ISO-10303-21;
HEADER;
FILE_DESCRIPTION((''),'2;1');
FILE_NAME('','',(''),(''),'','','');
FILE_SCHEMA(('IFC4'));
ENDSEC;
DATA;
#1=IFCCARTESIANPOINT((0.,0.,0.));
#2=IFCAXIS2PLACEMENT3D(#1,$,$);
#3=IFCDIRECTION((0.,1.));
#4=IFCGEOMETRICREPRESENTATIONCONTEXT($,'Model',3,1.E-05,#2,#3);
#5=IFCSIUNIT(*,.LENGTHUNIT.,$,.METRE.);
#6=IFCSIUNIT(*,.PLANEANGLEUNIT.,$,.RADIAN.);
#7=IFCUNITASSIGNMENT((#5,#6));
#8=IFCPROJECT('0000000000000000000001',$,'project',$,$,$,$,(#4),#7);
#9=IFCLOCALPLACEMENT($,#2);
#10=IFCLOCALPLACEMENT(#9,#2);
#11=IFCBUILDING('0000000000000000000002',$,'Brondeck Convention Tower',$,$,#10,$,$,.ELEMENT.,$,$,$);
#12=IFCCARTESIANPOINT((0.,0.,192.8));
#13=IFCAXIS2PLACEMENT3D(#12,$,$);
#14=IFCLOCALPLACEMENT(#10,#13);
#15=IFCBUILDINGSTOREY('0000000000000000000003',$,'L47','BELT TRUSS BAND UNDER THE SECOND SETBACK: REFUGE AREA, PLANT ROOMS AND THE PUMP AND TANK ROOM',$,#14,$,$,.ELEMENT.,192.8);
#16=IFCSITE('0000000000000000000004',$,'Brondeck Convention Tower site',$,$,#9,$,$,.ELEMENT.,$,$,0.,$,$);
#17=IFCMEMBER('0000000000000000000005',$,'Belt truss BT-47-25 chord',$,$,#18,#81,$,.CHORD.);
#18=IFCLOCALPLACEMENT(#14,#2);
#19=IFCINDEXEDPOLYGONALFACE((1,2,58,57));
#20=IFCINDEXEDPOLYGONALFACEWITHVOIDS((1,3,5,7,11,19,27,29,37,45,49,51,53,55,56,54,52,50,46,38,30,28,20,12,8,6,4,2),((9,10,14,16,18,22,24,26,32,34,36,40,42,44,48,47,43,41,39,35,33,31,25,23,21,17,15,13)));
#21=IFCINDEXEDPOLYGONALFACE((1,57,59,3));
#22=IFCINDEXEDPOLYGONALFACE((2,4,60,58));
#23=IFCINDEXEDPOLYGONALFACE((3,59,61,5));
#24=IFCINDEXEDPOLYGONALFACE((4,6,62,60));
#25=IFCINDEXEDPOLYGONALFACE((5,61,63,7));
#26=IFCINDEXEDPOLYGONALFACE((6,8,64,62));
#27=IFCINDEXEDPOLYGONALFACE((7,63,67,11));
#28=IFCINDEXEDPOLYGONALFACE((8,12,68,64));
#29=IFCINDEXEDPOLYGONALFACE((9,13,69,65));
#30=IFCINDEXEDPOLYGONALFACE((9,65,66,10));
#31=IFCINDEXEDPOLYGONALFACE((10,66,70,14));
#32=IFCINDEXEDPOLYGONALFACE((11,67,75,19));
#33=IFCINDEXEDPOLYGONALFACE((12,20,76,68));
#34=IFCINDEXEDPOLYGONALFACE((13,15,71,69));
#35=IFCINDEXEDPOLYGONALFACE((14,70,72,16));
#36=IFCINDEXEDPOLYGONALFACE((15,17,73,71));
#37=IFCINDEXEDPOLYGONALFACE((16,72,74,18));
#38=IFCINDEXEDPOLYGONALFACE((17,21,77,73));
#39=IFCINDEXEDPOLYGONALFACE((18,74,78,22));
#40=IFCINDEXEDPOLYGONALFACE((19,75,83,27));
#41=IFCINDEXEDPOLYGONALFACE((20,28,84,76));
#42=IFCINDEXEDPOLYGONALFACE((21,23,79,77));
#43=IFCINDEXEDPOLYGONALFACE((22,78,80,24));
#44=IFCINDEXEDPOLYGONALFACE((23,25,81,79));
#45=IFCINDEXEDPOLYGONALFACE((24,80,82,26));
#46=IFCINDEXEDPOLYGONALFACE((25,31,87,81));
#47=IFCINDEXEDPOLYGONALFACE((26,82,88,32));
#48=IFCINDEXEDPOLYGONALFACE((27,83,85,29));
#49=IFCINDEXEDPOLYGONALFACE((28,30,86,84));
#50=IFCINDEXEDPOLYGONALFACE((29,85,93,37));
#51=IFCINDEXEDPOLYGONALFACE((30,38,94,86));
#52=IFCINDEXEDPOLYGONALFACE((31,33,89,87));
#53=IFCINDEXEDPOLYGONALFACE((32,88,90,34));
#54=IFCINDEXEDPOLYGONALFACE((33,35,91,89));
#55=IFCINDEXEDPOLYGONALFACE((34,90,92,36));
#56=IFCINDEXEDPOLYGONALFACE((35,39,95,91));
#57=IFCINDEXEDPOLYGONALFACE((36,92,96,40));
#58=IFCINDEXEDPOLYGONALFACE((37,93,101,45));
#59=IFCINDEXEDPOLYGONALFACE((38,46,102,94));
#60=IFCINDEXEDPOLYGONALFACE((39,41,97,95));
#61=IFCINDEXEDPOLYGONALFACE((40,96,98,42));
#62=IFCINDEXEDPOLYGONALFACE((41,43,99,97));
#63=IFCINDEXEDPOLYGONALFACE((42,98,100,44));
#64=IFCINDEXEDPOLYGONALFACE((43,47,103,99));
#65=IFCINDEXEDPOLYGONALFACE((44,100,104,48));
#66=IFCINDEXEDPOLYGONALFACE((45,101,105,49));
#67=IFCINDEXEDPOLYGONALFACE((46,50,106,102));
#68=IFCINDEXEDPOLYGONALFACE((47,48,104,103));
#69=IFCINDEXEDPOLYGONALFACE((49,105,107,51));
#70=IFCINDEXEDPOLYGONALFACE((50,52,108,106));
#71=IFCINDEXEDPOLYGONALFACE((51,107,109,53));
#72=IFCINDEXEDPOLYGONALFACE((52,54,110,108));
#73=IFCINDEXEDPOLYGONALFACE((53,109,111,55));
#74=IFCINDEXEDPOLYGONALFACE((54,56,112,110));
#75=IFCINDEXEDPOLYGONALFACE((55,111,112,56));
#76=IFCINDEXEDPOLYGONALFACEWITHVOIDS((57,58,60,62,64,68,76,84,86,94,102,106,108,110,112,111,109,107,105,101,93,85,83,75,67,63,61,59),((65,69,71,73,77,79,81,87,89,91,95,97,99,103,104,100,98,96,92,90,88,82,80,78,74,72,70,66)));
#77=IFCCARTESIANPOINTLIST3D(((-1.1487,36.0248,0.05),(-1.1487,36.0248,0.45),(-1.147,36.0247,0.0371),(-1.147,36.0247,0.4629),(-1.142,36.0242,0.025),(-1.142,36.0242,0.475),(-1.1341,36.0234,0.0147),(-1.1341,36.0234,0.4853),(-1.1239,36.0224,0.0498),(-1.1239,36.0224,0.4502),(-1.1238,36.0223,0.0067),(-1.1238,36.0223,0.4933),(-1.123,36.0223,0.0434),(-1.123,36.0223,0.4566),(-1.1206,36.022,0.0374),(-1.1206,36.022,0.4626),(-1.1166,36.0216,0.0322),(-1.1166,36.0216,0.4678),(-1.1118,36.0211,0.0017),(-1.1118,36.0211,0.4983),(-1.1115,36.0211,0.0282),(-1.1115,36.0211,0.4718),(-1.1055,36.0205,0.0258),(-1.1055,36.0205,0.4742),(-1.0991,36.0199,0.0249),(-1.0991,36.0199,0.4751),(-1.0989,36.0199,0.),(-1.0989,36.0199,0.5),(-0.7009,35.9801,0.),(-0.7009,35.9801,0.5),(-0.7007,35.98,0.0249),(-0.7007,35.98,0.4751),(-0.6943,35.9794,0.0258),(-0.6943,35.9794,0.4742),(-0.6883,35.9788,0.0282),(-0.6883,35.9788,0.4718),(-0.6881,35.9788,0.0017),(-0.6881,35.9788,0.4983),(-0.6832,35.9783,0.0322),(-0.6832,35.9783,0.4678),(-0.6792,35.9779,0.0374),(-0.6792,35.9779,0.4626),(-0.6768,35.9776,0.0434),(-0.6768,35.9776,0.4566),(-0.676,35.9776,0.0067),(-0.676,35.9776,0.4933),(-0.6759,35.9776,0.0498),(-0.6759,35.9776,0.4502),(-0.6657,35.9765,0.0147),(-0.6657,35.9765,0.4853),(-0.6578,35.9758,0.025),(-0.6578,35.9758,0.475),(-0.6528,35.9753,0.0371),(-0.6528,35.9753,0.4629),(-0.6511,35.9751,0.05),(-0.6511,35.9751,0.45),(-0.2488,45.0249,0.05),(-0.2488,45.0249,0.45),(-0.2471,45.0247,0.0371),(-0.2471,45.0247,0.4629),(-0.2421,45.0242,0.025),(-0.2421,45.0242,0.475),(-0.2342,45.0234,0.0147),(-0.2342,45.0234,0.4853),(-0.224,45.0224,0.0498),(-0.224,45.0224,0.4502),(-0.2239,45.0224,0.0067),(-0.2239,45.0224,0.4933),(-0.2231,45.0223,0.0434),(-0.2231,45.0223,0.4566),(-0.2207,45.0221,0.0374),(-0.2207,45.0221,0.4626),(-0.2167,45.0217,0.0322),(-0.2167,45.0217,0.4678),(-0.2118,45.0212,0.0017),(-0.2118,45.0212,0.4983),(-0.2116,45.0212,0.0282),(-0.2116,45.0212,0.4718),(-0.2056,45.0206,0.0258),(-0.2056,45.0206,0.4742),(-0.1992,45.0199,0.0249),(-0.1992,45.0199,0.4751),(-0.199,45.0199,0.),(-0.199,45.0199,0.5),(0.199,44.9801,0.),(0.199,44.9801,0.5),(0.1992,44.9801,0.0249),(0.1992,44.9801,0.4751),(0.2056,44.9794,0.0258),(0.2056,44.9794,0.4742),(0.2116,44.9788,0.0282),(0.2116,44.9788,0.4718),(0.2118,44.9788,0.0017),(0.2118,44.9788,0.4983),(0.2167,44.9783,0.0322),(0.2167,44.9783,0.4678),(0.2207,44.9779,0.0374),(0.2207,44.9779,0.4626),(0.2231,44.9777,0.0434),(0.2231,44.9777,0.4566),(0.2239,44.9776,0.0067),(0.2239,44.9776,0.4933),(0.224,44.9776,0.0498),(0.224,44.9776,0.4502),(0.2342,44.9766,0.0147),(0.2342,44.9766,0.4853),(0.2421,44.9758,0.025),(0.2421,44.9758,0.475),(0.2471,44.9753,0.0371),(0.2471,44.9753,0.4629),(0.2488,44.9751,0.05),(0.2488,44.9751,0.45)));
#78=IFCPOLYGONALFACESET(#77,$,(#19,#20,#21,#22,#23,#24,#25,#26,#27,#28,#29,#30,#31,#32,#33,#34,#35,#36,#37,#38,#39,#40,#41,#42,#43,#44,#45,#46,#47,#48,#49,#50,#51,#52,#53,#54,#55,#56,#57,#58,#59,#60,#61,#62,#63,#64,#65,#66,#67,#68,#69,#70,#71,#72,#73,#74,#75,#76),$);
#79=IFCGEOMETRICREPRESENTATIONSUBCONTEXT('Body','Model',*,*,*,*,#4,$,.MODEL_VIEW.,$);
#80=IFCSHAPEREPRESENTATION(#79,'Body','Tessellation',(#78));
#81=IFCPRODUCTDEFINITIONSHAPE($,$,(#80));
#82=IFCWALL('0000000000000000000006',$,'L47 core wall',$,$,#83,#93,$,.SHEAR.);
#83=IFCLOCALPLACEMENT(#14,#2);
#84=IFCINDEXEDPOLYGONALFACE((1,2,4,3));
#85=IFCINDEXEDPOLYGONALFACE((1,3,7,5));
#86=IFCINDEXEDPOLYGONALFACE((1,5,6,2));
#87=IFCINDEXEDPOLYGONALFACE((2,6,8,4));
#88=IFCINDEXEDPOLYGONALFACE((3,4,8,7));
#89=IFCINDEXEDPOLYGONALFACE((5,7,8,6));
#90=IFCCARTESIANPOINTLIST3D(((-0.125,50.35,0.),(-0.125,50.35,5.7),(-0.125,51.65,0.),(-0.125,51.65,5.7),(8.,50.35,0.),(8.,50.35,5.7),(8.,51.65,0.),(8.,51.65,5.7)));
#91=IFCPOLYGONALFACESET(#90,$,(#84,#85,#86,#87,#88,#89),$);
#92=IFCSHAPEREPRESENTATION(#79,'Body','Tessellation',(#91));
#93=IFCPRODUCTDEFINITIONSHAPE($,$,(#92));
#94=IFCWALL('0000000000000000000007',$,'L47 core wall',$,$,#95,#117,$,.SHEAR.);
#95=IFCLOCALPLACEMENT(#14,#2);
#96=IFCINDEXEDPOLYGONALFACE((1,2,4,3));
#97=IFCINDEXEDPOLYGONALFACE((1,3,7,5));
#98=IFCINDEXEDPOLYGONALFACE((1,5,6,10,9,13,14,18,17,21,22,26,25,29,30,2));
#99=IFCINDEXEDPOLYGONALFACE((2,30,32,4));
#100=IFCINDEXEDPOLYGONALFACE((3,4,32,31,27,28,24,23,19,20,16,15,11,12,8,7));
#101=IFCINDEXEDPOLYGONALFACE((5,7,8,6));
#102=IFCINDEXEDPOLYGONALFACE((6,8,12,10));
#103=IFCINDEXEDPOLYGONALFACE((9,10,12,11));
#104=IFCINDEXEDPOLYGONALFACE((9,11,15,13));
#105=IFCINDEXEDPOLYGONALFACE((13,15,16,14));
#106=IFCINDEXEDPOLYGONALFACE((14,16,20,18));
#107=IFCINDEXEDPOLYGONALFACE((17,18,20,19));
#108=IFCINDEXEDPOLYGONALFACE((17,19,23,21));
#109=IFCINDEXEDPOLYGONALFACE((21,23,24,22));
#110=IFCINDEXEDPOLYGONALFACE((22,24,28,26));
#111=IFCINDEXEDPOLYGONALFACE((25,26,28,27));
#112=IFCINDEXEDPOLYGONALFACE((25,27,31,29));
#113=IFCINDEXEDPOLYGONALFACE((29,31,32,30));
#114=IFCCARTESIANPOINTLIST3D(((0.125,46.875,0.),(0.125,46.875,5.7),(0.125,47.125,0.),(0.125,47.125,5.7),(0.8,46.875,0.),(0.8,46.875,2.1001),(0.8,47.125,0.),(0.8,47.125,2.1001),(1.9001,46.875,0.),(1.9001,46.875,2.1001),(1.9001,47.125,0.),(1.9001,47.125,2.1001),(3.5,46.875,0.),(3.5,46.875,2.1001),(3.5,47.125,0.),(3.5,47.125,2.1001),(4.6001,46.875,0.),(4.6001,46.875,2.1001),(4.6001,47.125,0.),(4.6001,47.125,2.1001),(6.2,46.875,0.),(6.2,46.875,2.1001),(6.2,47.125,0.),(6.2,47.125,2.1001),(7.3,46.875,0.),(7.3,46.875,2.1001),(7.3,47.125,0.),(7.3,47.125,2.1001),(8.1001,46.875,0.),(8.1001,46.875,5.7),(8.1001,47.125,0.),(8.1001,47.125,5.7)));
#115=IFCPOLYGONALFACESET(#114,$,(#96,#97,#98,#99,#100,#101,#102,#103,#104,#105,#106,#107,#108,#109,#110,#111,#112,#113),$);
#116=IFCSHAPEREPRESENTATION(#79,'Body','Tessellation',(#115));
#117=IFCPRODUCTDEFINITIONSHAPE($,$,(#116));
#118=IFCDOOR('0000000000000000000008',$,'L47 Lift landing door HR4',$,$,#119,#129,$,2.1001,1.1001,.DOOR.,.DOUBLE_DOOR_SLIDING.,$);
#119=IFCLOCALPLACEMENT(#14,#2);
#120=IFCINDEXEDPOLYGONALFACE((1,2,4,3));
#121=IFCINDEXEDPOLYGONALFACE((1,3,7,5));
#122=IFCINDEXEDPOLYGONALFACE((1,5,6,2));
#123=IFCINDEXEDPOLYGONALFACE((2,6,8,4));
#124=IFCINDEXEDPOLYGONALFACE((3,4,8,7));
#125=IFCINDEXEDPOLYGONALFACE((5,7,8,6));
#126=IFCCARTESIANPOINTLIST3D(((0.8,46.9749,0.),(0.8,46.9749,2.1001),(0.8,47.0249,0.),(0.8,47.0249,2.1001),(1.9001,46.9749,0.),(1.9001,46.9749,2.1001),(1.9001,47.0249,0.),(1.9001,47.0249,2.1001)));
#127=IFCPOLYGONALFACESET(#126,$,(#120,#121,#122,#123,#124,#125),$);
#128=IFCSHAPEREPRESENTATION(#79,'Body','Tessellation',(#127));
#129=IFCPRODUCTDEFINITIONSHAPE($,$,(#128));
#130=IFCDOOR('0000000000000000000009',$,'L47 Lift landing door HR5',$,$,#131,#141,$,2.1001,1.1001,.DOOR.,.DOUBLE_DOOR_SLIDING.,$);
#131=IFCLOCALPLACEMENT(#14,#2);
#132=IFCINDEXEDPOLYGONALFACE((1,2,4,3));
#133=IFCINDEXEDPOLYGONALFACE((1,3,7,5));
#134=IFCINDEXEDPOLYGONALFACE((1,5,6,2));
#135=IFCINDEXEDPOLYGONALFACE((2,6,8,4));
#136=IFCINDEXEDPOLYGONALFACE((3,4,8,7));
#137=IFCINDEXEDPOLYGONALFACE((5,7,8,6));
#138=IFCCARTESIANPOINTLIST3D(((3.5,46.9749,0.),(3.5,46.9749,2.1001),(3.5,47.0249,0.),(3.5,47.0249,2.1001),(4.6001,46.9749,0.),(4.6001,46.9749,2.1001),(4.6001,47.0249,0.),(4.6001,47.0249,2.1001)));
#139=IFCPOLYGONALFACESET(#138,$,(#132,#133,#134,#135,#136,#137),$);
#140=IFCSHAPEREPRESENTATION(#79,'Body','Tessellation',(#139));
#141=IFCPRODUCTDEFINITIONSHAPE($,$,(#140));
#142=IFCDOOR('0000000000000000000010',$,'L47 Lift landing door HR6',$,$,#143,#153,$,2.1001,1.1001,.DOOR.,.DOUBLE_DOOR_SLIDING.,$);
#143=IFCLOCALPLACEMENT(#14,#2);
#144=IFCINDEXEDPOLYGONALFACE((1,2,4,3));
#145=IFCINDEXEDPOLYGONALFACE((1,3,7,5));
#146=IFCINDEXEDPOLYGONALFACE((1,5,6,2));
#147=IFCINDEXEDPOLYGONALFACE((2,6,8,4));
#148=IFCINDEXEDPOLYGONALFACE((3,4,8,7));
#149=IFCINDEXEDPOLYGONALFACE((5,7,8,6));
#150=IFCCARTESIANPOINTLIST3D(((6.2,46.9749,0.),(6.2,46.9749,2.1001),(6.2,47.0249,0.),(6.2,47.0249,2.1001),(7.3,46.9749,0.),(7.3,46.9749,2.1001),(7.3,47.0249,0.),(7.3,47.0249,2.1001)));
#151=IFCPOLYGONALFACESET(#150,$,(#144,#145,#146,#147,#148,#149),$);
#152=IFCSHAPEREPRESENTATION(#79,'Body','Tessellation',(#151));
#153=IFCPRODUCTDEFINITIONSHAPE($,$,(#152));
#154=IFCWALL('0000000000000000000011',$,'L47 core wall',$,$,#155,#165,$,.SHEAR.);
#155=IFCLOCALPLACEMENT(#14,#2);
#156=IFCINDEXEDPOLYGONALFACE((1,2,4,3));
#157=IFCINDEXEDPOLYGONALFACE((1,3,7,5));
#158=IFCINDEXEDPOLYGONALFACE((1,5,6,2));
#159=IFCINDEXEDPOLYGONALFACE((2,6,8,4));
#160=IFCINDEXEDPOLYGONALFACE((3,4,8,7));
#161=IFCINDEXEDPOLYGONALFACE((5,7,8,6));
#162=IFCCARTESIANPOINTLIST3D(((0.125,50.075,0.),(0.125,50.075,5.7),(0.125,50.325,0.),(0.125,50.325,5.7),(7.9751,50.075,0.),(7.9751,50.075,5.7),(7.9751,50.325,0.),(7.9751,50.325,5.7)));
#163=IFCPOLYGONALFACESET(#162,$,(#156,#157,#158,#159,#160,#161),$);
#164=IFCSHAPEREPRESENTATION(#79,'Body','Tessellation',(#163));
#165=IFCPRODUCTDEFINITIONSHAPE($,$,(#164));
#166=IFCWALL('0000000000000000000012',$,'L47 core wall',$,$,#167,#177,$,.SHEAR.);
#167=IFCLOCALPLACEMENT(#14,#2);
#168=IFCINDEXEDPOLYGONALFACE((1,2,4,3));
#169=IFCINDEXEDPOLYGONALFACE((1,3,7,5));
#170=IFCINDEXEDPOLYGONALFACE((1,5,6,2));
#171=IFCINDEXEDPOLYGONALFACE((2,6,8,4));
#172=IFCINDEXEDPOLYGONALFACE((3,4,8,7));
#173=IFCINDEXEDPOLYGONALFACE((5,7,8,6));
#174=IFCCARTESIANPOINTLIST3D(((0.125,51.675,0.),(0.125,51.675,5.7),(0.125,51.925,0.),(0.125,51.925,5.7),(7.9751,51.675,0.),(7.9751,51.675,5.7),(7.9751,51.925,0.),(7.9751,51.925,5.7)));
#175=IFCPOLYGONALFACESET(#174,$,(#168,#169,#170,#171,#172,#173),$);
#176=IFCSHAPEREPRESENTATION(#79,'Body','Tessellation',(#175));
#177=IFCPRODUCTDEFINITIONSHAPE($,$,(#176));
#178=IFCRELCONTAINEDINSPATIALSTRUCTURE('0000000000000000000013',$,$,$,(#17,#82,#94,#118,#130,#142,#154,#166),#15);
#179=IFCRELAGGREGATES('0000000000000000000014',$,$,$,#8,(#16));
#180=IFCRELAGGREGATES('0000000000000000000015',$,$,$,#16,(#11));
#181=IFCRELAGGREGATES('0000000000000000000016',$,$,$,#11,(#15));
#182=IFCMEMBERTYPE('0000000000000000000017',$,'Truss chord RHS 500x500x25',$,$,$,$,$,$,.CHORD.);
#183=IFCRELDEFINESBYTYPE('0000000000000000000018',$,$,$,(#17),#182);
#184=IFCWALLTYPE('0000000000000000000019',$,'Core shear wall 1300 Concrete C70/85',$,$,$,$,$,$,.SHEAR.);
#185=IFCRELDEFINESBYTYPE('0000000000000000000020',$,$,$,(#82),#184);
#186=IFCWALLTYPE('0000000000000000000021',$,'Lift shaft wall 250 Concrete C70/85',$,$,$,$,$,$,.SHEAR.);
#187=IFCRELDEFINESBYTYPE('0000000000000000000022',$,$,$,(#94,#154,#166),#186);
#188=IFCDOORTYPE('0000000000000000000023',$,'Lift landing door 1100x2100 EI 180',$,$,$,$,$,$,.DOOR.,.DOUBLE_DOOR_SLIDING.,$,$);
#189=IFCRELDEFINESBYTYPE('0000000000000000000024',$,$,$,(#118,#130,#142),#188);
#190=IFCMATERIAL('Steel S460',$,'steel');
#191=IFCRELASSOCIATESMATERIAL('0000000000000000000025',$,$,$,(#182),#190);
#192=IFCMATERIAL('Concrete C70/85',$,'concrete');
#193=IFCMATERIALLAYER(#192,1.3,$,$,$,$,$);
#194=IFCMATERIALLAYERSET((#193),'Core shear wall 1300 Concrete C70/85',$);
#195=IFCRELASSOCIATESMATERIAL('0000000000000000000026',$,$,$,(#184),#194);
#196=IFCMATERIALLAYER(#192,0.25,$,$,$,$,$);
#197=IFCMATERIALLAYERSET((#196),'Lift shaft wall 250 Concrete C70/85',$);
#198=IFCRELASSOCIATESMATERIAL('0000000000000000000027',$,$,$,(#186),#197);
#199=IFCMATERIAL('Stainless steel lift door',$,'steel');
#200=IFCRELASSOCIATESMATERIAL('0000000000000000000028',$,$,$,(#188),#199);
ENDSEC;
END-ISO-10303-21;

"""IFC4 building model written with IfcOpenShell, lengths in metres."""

from ifc_helpers import new_model, si_unit, direction, frame, frame_2d, origin, origin_2d, place, context, subcontext, project, spatial, rectangle, hollow_rectangle, extrude, material, layer, layer_set, material_profile, profile_set, type_object, element, fill, save


model = new_model("IFC4")

# Units and contexts
model_context = context("Model", 3, precision=1e-05, world=origin(), true_north=direction((0.0, 1.0)))
body_context = subcontext(model_context, "Body", "Model", "MODEL_VIEW")
ifc_project = project(units=[si_unit("LENGTHUNIT", "METRE"), si_unit("PLANEANGLEUNIT", "RADIAN")], contexts=[model_context])

# Site, building, storey
site_placement = place(None, origin())
site = spatial("IfcSite", under=ifc_project, at=site_placement, Name="Brondeck Convention Tower site", CompositionType="ELEMENT", RefElevation=0.0)
building_placement = place(site_placement, origin())
building = spatial("IfcBuilding", under=site, at=building_placement, Name="Brondeck Convention Tower", CompositionType="ELEMENT")
storey_placement = place(building_placement, frame((0.0, 0.0, 192.8)))
storey = spatial("IfcBuildingStorey", under=building, at=storey_placement, Name="L47", Description="BELT TRUSS BAND UNDER THE SECOND SETBACK: REFUGE AREA, PLANT ROOMS AND THE PUMP AND TANK ROOM", CompositionType="ELEMENT", Elevation=192.8)

# Shared definitions
ifc_material_1 = material(Name="Concrete C70/85", Category="concrete")

# Shared definitions
ifc_material_2 = material(Name="Steel S460", Category="steel")

# Member
ifc_material_profile_1 = material_profile(ifc_material_2, hollow_rectangle(XDim=0.5, YDim=0.5, WallThickness=0.0249, InnerFilletRadius=0.0249, OuterFilletRadius=0.05, at=origin_2d()), Name="RHS 500x500x25")
ifc_profile_set_1 = profile_set([ifc_material_profile_1], Name="Steel S460")
member_type_1 = type_object("IfcMemberType", Name="Truss chord RHS 500x500x25", PredefinedType="CHORD", material=ifc_profile_set_1)
for number, where, z_axis, x_axis, name in (
    (1, (0.0, 45.0, 0.25), (-0.099493, -0.995038, 0.0), (0.995038, -0.099493, 0.0), "Belt truss BT-47-25 chord"),
):
    element("IfcMember", number, at=place(storey_placement, frame(where, z_axis=z_axis, x_axis=x_axis)), inside=storey, type_object=member_type_1, Name=name, PredefinedType="CHORD", context=body_context, shape_type="SweptSolid", body=[
        extrude(hollow_rectangle(XDim=0.5, YDim=0.5, WallThickness=0.0249, InnerFilletRadius=0.0249, OuterFilletRadius=0.05, at=origin_2d()), origin(), (0.0, 0.0, 1.0), 9.0449),
    ])

# Wall
ifc_layer_1 = layer(ifc_material_1, 1.3)
ifc_layer_set_1 = layer_set([ifc_layer_1], Name="Core shear wall 1300 Concrete C70/85")
wall_type_1 = type_object("IfcWallType", Name="Core shear wall 1300 Concrete C70/85", PredefinedType="SHEAR", material=ifc_layer_set_1)
wall_1_placement = place(storey_placement, frame((-0.125, 51.0, 0.0), z_axis=(0.0, 0.0, 1.0), x_axis=(1.0, 0.0, 0.0)))
element("IfcWall", 2, at=wall_1_placement, inside=storey, type_object=wall_type_1, Name="L47 core wall", PredefinedType="SHEAR", context=body_context, shape_type="SweptSolid", body=[
    extrude(rectangle(XDim=8.125, YDim=1.3, at=frame_2d((4.0625, 0.0))), origin(), (0.0, 0.0, 1.0), 5.7),
])

# Wall, openings, doors
ifc_layer_2 = layer(ifc_material_1, 0.25)
ifc_layer_set_2 = layer_set([ifc_layer_2], Name="Lift shaft wall 250 Concrete C70/85")
wall_type_2 = type_object("IfcWallType", Name="Lift shaft wall 250 Concrete C70/85", PredefinedType="SHEAR", material=ifc_layer_set_2)
wall_2_placement = place(storey_placement, frame((0.125, 47.0, 0.0), z_axis=(0.0, 0.0, 1.0), x_axis=(1.0, 0.0, 0.0)))
wall_2 = element("IfcWall", 3, at=wall_2_placement, inside=storey, type_object=wall_type_2, Name="L47 core wall", PredefinedType="SHEAR", context=body_context, shape_type="SweptSolid", body=[
    extrude(rectangle(XDim=7.9751, YDim=0.25, at=frame_2d((3.9875, 0.0))), origin(), (0.0, 0.0, 1.0), 5.7),
])
opening_1_placement = place(wall_2_placement, frame((0.675, 0.0, 0.0)))
opening_1 = element("IfcOpeningElement", 4, at=opening_1_placement, cuts=wall_2, PredefinedType="OPENING", context=body_context, shape_type="SweptSolid", body=[
    extrude(rectangle(XDim=1.1001, YDim=2.1001, at=frame_2d((0.55, 1.05))), frame((0.0, 0.135, 0.0), z_axis=(0.0, -1.0, 0.0), x_axis=(1.0, 0.0, 0.0)), (0.0, 0.0, 1.0), 0.27),
])
opening_2_placement = place(wall_2_placement, frame((3.375, 0.0, 0.0)))
opening_2 = element("IfcOpeningElement", 5, at=opening_2_placement, cuts=wall_2, PredefinedType="OPENING", context=body_context, shape_type="SweptSolid", body=[
    extrude(rectangle(XDim=1.1001, YDim=2.1001, at=frame_2d((0.55, 1.05))), frame((0.0, 0.135, 0.0), z_axis=(0.0, -1.0, 0.0), x_axis=(1.0, 0.0, 0.0)), (0.0, 0.0, 1.0), 0.27),
])
opening_3_placement = place(wall_2_placement, frame((6.075, 0.0, 0.0)))
opening_3 = element("IfcOpeningElement", 6, at=opening_3_placement, cuts=wall_2, PredefinedType="OPENING", context=body_context, shape_type="SweptSolid", body=[
    extrude(rectangle(XDim=1.1001, YDim=2.1001, at=frame_2d((0.55, 1.05))), frame((0.0, 0.135, 0.0), z_axis=(0.0, -1.0, 0.0), x_axis=(1.0, 0.0, 0.0)), (0.0, 0.0, 1.0), 0.27),
])
ifc_material_3 = material(Name="Stainless steel lift door", Category="steel")
door_type = type_object("IfcDoorType", Name="Lift landing door 1100x2100 EI 180", OperationType="DOUBLE_DOOR_SLIDING", PredefinedType="DOOR", material=ifc_material_3)
door_1_placement = place(opening_1_placement, origin())
door_1 = element("IfcDoor", 7, at=door_1_placement, inside=storey, type_object=door_type, Name="L47 Lift landing door HR4", OperationType="DOUBLE_DOOR_SLIDING", OverallHeight=2.1001, OverallWidth=1.1001, PredefinedType="DOOR", context=body_context, shape_type="SweptSolid", body=[
    extrude(rectangle(XDim=1.1001, YDim=2.1001, at=frame_2d((0.55, 1.05))), frame((0.0, 0.0249, 0.0), z_axis=(0.0, -1.0, 0.0), x_axis=(1.0, 0.0, 0.0)), (0.0, 0.0, 1.0), 0.05),
])
fill(opening_1, door_1)
door_2_placement = place(opening_2_placement, origin())
door_2 = element("IfcDoor", 8, at=door_2_placement, inside=storey, type_object=door_type, Name="L47 Lift landing door HR5", OperationType="DOUBLE_DOOR_SLIDING", OverallHeight=2.1001, OverallWidth=1.1001, PredefinedType="DOOR", context=body_context, shape_type="SweptSolid", body=[
    extrude(rectangle(XDim=1.1001, YDim=2.1001, at=frame_2d((0.55, 1.05))), frame((0.0, 0.0249, 0.0), z_axis=(0.0, -1.0, 0.0), x_axis=(1.0, 0.0, 0.0)), (0.0, 0.0, 1.0), 0.05),
])
fill(opening_2, door_2)
door_3_placement = place(opening_3_placement, origin())
door_3 = element("IfcDoor", 9, at=door_3_placement, inside=storey, type_object=door_type, Name="L47 Lift landing door HR6", OperationType="DOUBLE_DOOR_SLIDING", OverallHeight=2.1001, OverallWidth=1.1001, PredefinedType="DOOR", context=body_context, shape_type="SweptSolid", body=[
    extrude(rectangle(XDim=1.1001, YDim=2.1001, at=frame_2d((0.55, 1.05))), frame((0.0, 0.0249, 0.0), z_axis=(0.0, -1.0, 0.0), x_axis=(1.0, 0.0, 0.0)), (0.0, 0.0, 1.0), 0.05),
])
fill(opening_3, door_3)

# Walls
for number, where, z_axis, x_axis, name in (
    (10, (0.125, 50.2, 0.0), (0.0, 0.0, 1.0), (1.0, 0.0, 0.0), "L47 core wall"),
    (11, (0.125, 51.8, 0.0), (0.0, 0.0, 1.0), (1.0, 0.0, 0.0), "L47 core wall"),
):
    element("IfcWall", number, at=place(storey_placement, frame(where, z_axis=z_axis, x_axis=x_axis)), inside=storey, type_object=wall_type_2, Name=name, PredefinedType="SHEAR", context=body_context, shape_type="SweptSolid", body=[
        extrude(rectangle(XDim=7.8501, YDim=0.25, at=frame_2d((3.925, 0.0))), origin(), (0.0, 0.0, 1.0), 5.7),
    ])

save(model, "model.ifc")
